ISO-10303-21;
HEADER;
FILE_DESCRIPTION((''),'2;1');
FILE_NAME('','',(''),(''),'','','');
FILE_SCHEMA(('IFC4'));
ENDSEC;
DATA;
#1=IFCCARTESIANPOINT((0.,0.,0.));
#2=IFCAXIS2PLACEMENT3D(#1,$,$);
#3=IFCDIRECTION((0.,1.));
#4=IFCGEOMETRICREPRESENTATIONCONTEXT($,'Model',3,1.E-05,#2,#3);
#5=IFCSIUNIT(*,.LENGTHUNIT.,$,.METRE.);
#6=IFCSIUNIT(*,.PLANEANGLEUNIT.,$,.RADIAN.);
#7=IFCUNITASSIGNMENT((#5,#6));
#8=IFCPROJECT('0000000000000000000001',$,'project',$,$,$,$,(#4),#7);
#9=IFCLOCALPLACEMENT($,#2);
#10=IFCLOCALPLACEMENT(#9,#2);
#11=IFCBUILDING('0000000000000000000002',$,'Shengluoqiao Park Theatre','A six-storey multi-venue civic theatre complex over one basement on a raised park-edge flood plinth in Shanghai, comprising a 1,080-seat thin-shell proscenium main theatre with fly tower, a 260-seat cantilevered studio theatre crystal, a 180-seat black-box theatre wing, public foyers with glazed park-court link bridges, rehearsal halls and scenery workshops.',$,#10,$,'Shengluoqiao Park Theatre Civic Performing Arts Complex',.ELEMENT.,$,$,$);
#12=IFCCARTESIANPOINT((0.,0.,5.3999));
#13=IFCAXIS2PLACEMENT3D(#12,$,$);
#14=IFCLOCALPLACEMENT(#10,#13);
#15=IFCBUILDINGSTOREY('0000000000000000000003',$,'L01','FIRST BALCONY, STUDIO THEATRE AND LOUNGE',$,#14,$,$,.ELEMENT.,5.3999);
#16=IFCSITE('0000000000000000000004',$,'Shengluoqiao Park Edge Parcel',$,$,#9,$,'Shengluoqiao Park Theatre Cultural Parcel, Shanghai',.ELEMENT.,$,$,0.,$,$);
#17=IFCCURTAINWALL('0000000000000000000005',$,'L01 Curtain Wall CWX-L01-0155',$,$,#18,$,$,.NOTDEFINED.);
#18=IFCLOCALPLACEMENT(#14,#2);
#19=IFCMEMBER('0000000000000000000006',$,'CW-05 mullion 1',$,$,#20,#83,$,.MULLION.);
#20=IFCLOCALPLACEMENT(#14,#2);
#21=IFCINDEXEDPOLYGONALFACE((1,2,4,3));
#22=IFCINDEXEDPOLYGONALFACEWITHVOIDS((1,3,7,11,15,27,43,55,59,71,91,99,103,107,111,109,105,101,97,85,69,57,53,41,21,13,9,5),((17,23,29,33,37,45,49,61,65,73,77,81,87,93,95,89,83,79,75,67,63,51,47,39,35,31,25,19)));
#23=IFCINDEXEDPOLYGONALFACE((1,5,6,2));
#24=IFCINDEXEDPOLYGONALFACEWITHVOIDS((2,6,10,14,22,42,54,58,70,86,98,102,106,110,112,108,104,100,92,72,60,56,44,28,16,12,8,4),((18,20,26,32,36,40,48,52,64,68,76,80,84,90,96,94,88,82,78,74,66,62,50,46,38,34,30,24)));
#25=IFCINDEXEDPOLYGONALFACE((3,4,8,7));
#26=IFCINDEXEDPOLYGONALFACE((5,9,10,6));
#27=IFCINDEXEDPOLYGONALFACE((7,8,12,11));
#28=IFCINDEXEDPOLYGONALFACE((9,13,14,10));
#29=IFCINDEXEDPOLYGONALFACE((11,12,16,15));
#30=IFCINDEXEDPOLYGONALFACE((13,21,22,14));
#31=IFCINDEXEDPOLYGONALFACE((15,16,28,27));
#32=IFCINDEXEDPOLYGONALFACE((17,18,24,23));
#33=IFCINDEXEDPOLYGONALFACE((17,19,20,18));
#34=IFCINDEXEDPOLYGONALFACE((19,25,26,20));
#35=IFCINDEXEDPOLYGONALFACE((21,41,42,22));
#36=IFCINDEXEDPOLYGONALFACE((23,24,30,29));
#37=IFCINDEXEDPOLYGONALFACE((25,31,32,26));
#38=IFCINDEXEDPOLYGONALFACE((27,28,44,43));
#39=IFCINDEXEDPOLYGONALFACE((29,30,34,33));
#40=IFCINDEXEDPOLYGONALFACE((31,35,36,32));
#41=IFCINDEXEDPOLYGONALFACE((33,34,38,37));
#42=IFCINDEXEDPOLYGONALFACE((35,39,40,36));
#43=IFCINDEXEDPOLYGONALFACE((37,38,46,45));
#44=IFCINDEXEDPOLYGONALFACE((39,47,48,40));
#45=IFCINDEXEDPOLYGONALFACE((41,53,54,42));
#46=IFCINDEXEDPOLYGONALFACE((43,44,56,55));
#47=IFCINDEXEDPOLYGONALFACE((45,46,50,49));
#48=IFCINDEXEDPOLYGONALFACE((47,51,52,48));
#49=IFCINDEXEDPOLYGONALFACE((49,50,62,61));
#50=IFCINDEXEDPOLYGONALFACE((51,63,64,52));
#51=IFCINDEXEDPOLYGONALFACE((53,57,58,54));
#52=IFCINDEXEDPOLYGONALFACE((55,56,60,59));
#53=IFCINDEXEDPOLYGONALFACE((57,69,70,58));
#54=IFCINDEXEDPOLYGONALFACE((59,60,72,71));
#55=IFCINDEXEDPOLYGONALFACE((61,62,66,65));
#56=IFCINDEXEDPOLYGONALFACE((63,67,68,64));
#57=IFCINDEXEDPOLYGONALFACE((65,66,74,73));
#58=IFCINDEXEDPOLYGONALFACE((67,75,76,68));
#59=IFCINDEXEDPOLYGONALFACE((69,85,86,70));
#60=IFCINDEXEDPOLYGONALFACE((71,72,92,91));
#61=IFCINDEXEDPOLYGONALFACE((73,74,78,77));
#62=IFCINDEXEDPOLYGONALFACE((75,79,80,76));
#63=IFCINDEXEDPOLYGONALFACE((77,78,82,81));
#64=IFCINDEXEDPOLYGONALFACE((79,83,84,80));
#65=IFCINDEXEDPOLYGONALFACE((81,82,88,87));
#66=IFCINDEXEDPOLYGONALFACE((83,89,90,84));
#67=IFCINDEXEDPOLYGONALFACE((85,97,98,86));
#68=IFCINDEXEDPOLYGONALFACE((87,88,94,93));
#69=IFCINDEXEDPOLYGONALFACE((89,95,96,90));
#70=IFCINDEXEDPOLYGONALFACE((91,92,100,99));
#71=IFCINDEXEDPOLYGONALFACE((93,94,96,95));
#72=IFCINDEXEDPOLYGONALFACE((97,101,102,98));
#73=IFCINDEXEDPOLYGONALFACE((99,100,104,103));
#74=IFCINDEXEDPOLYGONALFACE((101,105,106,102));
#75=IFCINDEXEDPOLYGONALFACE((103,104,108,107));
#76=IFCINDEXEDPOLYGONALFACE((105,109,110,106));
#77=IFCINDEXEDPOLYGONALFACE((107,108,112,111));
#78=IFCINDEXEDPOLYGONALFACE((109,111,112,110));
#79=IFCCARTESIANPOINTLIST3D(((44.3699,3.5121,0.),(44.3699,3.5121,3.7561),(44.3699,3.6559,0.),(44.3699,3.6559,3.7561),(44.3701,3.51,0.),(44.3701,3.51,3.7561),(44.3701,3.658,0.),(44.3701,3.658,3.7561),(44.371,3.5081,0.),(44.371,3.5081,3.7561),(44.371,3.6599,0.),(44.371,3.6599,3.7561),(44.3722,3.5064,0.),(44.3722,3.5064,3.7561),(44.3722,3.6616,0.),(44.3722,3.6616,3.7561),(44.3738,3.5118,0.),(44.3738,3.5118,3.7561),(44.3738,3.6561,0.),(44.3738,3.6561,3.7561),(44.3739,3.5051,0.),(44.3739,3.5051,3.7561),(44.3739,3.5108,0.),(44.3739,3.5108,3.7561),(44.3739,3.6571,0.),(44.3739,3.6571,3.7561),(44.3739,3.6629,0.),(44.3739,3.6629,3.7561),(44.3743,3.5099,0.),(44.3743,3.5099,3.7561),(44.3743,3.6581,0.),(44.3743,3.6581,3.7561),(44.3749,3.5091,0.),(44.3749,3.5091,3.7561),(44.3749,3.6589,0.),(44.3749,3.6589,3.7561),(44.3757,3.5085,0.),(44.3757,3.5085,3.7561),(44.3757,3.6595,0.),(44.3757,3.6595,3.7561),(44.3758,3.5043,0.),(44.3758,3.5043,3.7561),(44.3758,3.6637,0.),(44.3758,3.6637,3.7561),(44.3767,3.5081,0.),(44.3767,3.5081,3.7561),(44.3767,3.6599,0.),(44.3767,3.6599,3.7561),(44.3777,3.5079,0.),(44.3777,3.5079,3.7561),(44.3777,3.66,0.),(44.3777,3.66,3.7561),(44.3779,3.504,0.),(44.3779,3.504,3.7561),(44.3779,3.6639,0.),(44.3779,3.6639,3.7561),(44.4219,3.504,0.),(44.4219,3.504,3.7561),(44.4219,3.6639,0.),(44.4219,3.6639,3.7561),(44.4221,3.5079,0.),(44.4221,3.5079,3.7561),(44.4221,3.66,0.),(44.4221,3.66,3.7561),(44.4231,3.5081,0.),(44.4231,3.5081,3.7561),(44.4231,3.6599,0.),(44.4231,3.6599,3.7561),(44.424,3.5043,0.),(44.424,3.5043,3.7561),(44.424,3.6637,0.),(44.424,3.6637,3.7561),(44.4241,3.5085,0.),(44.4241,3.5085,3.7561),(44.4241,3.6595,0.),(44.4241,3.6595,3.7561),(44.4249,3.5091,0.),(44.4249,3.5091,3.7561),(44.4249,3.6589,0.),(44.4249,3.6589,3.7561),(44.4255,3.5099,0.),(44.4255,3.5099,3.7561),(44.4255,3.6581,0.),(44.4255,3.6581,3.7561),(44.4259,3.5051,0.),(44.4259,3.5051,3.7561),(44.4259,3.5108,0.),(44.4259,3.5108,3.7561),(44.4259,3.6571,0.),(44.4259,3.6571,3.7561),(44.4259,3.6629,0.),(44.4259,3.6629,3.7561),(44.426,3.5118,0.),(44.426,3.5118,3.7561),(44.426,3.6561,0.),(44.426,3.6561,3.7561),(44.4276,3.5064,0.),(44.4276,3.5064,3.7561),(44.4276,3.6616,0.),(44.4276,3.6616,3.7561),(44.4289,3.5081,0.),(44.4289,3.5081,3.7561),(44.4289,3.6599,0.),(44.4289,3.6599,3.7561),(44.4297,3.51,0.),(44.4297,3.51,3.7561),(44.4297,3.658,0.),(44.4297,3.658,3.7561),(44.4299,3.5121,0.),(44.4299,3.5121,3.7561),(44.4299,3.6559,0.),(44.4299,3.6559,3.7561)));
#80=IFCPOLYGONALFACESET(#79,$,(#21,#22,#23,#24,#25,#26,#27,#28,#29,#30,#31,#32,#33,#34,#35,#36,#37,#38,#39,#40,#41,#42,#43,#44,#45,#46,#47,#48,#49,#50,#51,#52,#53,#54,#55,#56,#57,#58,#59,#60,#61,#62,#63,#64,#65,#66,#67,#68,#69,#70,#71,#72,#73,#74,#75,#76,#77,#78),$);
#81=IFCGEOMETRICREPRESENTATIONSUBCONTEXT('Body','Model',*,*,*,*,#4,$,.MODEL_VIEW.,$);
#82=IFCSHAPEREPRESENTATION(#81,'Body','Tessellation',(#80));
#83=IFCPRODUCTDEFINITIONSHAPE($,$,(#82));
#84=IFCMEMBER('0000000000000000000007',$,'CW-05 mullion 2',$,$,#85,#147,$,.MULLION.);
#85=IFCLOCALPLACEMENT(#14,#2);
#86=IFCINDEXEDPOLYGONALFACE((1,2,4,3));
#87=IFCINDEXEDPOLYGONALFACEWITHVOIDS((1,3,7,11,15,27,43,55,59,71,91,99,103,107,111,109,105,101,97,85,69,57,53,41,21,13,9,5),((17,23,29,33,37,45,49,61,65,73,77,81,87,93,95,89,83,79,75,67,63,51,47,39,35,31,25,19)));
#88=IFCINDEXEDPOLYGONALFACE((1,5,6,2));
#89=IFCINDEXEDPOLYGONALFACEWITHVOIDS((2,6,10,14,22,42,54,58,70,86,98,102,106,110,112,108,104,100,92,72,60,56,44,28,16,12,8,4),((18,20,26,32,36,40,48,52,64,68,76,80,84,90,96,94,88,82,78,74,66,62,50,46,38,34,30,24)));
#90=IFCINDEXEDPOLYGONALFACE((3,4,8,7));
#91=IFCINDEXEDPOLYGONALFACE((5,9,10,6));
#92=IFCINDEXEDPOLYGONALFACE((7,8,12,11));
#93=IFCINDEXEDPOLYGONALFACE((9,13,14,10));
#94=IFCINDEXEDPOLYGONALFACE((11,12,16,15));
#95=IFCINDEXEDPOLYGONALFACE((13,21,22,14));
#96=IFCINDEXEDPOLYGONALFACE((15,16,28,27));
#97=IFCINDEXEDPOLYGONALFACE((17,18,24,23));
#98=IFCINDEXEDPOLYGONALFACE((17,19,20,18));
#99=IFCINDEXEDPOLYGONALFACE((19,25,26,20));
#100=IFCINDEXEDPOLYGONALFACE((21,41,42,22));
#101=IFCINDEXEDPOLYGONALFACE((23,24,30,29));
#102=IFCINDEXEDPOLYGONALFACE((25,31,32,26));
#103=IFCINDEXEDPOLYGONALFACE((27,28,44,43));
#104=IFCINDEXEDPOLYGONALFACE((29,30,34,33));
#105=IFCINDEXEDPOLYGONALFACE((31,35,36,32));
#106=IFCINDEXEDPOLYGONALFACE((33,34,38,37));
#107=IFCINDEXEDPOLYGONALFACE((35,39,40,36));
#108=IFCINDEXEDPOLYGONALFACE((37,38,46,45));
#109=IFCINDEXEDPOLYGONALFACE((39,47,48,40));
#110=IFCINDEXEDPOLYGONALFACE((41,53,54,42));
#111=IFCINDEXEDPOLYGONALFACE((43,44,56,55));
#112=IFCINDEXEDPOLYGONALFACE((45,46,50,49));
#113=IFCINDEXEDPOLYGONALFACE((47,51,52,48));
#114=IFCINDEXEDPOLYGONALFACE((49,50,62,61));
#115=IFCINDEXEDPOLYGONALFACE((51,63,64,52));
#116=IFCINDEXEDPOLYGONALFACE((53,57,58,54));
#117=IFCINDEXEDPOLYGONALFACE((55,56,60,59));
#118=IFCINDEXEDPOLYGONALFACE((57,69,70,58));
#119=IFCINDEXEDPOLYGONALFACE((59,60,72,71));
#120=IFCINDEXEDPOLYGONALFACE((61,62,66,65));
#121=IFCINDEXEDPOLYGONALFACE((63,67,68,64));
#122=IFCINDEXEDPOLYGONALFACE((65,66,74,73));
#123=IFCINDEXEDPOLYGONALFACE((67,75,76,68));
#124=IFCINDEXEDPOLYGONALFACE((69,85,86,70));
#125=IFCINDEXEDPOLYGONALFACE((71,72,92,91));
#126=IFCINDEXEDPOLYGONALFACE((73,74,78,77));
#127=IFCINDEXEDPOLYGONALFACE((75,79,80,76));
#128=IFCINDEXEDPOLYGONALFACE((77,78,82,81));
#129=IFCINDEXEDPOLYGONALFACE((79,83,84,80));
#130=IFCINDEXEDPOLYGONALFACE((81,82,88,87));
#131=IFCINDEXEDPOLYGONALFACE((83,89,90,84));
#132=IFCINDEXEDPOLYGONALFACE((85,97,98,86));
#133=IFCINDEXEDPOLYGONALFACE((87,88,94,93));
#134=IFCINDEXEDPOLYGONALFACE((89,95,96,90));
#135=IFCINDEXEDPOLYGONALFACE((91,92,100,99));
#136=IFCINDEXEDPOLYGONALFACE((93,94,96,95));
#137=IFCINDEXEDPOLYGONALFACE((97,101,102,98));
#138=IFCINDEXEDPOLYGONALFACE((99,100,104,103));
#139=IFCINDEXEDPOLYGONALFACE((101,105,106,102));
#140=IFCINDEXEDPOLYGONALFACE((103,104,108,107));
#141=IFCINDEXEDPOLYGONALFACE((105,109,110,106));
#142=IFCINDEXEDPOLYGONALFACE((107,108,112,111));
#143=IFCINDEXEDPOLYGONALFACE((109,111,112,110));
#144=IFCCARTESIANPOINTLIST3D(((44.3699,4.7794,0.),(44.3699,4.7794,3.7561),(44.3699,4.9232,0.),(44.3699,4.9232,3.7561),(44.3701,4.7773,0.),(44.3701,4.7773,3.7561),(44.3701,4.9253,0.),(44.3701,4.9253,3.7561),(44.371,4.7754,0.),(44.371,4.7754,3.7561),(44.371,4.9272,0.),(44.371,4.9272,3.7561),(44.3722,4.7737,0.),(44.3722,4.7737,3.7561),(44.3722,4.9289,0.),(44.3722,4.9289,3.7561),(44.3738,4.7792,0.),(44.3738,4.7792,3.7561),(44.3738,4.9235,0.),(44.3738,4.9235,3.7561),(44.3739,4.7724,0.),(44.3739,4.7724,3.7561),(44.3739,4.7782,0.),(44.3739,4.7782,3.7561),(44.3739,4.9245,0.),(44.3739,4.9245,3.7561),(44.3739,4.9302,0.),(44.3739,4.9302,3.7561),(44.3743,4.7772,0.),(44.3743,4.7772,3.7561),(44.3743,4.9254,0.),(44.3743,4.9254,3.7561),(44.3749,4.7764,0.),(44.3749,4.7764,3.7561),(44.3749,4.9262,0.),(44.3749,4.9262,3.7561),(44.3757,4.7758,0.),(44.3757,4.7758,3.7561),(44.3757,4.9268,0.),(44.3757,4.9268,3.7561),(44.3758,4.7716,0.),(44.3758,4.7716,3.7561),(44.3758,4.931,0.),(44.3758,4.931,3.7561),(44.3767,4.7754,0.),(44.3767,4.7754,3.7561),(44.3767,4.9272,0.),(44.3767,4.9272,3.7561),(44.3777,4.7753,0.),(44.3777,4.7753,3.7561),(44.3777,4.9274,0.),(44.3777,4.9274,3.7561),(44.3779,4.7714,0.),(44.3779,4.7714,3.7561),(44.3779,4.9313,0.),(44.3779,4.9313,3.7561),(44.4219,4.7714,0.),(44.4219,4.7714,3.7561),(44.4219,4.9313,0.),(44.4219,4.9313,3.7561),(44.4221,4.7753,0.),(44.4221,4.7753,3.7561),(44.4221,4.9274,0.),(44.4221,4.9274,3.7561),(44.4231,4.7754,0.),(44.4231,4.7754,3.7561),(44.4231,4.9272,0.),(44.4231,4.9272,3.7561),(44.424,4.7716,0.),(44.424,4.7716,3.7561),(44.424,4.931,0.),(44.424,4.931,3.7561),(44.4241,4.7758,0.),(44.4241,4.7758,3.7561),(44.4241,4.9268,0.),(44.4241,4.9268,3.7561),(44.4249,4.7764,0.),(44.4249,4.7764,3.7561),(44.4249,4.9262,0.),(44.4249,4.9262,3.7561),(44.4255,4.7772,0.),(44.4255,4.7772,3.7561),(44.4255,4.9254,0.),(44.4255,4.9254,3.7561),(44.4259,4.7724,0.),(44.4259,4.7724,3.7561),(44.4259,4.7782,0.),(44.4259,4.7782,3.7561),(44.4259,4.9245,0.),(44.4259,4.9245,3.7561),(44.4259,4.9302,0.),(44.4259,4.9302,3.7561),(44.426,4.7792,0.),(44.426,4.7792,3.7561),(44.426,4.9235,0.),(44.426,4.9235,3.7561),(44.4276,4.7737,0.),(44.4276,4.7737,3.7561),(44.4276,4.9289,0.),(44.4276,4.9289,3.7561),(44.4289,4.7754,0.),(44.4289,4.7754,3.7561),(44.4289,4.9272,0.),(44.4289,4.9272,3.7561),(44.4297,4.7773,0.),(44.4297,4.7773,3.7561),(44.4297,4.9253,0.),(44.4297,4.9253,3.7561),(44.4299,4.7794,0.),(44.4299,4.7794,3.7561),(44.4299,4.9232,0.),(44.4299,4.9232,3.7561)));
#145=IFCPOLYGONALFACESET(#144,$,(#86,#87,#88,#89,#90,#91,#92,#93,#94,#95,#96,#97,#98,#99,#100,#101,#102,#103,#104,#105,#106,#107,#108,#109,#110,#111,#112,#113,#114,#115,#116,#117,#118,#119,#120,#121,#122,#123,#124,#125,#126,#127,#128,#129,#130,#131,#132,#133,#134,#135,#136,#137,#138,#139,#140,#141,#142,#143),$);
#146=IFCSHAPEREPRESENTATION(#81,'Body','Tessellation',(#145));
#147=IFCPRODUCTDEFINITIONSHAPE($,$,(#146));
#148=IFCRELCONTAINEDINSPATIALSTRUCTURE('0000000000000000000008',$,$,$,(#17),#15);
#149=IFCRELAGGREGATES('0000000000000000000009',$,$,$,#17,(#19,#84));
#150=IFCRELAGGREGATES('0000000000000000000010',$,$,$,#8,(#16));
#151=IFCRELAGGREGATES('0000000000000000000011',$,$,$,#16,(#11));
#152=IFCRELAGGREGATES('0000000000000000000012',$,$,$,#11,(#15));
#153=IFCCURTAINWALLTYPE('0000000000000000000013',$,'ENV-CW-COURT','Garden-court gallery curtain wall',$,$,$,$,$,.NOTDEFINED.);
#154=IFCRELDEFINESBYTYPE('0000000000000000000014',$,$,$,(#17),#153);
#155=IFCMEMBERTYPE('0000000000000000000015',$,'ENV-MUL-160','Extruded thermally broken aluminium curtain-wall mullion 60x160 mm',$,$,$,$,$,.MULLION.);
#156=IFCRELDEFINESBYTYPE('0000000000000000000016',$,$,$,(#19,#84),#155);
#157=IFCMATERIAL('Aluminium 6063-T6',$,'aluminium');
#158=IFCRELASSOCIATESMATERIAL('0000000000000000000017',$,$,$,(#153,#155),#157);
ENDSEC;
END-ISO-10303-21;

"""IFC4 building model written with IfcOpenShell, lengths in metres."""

from ifc_helpers import new_model, si_unit, direction, frame, origin, origin_2d, place, context, subcontext, project, spatial, hollow_rectangle, extrude, material, material_profile, profile_set, type_object, element, aggregate, save


model = new_model("IFC4")

# Units and contexts
model_context = context("Model", 3, precision=1e-05, world=origin(), true_north=direction((0.0, 1.0)))
body_context = subcontext(model_context, "Body", "Model", "MODEL_VIEW")
ifc_project = project(units=[si_unit("LENGTHUNIT", "METRE"), si_unit("PLANEANGLEUNIT", "RADIAN")], contexts=[model_context])

# Site, building, storey
site_placement = place(None, origin())
site = spatial("IfcSite", under=ifc_project, at=site_placement, Name="Shengluoqiao Park Edge Parcel", LongName="Shengluoqiao Park Theatre Cultural Parcel, Shanghai", CompositionType="ELEMENT", RefElevation=0.0)
building_placement = place(site_placement, origin())
building = spatial("IfcBuilding", under=site, at=building_placement, Name="Shengluoqiao Park Theatre", Description="A six-storey multi-venue civic theatre complex over one basement on a raised park-edge flood plinth in Shanghai, comprising a 1,080-seat thin-shell proscenium main theatre with fly tower, a 260-seat cantilevered studio theatre crystal, a 180-seat black-box theatre wing, public foyers with glazed park-court link bridges, rehearsal halls and scenery workshops.", LongName="Shengluoqiao Park Theatre Civic Performing Arts Complex", CompositionType="ELEMENT")
storey_placement = place(building_placement, frame((0.0, 0.0, 5.3999)))
storey = spatial("IfcBuildingStorey", under=building, at=storey_placement, Name="L01", Description="FIRST BALCONY, STUDIO THEATRE AND LOUNGE", CompositionType="ELEMENT", Elevation=5.3999)

# Curtain wall, members
ifc_material_1 = material(Name="Aluminium 6063-T6", Category="aluminium")
curtain_wall_type = type_object("IfcCurtainWallType", Name="ENV-CW-COURT", Description="Garden-court gallery curtain wall", PredefinedType="NOTDEFINED", material=ifc_material_1)
curtain_wall_placement = place(storey_placement, origin())
curtain_wall = element("IfcCurtainWall", 1, at=curtain_wall_placement, inside=storey, type_object=curtain_wall_type, Name="L01 Curtain Wall CWX-L01-0155", PredefinedType="NOTDEFINED")
ifc_material_profile_1 = material_profile(ifc_material_1, hollow_rectangle(XDim=0.0601, YDim=0.1599, WallThickness=0.0039, InnerFilletRadius=0.0039, OuterFilletRadius=0.0081, at=origin_2d()), Name="ALU MULLION 160x60x4")
ifc_profile_set_1 = profile_set([ifc_material_profile_1], Name="Aluminium 6063-T6")
member_type_1 = type_object("IfcMemberType", Name="ENV-MUL-160", Description="Extruded thermally broken aluminium curtain-wall mullion 60x160 mm", PredefinedType="MULLION", material=ifc_profile_set_1)
member_1_placement = place(storey_placement, frame((44.3999, 3.584, 0.0), z_axis=(0.0, 0.0, 1.0), x_axis=(-1.0, 0.0, 0.0)))
member_1 = element("IfcMember", 2, at=member_1_placement, type_object=member_type_1, Name="CW-05 mullion 1", PredefinedType="MULLION", context=body_context, shape_type="SweptSolid", body=[
    extrude(hollow_rectangle(XDim=0.0601, YDim=0.1599, WallThickness=0.0039, InnerFilletRadius=0.0039, OuterFilletRadius=0.0081, at=origin_2d()), origin(), (0.0, 0.0, 1.0), 3.7561),
])
member_2_placement = place(storey_placement, frame((44.3999, 4.8513, 0.0), z_axis=(0.0, 0.0, 1.0), x_axis=(-1.0, 0.0, 0.0)))
member_2 = element("IfcMember", 3, at=member_2_placement, type_object=member_type_1, Name="CW-05 mullion 2", PredefinedType="MULLION", context=body_context, shape_type="SweptSolid", body=[
    extrude(hollow_rectangle(XDim=0.0601, YDim=0.1599, WallThickness=0.0039, InnerFilletRadius=0.0039, OuterFilletRadius=0.0081, at=origin_2d()), origin(), (0.0, 0.0, 1.0), 3.7561),
])

aggregate(curtain_wall, [member_1, member_2])

save(model, "model.ifc")
